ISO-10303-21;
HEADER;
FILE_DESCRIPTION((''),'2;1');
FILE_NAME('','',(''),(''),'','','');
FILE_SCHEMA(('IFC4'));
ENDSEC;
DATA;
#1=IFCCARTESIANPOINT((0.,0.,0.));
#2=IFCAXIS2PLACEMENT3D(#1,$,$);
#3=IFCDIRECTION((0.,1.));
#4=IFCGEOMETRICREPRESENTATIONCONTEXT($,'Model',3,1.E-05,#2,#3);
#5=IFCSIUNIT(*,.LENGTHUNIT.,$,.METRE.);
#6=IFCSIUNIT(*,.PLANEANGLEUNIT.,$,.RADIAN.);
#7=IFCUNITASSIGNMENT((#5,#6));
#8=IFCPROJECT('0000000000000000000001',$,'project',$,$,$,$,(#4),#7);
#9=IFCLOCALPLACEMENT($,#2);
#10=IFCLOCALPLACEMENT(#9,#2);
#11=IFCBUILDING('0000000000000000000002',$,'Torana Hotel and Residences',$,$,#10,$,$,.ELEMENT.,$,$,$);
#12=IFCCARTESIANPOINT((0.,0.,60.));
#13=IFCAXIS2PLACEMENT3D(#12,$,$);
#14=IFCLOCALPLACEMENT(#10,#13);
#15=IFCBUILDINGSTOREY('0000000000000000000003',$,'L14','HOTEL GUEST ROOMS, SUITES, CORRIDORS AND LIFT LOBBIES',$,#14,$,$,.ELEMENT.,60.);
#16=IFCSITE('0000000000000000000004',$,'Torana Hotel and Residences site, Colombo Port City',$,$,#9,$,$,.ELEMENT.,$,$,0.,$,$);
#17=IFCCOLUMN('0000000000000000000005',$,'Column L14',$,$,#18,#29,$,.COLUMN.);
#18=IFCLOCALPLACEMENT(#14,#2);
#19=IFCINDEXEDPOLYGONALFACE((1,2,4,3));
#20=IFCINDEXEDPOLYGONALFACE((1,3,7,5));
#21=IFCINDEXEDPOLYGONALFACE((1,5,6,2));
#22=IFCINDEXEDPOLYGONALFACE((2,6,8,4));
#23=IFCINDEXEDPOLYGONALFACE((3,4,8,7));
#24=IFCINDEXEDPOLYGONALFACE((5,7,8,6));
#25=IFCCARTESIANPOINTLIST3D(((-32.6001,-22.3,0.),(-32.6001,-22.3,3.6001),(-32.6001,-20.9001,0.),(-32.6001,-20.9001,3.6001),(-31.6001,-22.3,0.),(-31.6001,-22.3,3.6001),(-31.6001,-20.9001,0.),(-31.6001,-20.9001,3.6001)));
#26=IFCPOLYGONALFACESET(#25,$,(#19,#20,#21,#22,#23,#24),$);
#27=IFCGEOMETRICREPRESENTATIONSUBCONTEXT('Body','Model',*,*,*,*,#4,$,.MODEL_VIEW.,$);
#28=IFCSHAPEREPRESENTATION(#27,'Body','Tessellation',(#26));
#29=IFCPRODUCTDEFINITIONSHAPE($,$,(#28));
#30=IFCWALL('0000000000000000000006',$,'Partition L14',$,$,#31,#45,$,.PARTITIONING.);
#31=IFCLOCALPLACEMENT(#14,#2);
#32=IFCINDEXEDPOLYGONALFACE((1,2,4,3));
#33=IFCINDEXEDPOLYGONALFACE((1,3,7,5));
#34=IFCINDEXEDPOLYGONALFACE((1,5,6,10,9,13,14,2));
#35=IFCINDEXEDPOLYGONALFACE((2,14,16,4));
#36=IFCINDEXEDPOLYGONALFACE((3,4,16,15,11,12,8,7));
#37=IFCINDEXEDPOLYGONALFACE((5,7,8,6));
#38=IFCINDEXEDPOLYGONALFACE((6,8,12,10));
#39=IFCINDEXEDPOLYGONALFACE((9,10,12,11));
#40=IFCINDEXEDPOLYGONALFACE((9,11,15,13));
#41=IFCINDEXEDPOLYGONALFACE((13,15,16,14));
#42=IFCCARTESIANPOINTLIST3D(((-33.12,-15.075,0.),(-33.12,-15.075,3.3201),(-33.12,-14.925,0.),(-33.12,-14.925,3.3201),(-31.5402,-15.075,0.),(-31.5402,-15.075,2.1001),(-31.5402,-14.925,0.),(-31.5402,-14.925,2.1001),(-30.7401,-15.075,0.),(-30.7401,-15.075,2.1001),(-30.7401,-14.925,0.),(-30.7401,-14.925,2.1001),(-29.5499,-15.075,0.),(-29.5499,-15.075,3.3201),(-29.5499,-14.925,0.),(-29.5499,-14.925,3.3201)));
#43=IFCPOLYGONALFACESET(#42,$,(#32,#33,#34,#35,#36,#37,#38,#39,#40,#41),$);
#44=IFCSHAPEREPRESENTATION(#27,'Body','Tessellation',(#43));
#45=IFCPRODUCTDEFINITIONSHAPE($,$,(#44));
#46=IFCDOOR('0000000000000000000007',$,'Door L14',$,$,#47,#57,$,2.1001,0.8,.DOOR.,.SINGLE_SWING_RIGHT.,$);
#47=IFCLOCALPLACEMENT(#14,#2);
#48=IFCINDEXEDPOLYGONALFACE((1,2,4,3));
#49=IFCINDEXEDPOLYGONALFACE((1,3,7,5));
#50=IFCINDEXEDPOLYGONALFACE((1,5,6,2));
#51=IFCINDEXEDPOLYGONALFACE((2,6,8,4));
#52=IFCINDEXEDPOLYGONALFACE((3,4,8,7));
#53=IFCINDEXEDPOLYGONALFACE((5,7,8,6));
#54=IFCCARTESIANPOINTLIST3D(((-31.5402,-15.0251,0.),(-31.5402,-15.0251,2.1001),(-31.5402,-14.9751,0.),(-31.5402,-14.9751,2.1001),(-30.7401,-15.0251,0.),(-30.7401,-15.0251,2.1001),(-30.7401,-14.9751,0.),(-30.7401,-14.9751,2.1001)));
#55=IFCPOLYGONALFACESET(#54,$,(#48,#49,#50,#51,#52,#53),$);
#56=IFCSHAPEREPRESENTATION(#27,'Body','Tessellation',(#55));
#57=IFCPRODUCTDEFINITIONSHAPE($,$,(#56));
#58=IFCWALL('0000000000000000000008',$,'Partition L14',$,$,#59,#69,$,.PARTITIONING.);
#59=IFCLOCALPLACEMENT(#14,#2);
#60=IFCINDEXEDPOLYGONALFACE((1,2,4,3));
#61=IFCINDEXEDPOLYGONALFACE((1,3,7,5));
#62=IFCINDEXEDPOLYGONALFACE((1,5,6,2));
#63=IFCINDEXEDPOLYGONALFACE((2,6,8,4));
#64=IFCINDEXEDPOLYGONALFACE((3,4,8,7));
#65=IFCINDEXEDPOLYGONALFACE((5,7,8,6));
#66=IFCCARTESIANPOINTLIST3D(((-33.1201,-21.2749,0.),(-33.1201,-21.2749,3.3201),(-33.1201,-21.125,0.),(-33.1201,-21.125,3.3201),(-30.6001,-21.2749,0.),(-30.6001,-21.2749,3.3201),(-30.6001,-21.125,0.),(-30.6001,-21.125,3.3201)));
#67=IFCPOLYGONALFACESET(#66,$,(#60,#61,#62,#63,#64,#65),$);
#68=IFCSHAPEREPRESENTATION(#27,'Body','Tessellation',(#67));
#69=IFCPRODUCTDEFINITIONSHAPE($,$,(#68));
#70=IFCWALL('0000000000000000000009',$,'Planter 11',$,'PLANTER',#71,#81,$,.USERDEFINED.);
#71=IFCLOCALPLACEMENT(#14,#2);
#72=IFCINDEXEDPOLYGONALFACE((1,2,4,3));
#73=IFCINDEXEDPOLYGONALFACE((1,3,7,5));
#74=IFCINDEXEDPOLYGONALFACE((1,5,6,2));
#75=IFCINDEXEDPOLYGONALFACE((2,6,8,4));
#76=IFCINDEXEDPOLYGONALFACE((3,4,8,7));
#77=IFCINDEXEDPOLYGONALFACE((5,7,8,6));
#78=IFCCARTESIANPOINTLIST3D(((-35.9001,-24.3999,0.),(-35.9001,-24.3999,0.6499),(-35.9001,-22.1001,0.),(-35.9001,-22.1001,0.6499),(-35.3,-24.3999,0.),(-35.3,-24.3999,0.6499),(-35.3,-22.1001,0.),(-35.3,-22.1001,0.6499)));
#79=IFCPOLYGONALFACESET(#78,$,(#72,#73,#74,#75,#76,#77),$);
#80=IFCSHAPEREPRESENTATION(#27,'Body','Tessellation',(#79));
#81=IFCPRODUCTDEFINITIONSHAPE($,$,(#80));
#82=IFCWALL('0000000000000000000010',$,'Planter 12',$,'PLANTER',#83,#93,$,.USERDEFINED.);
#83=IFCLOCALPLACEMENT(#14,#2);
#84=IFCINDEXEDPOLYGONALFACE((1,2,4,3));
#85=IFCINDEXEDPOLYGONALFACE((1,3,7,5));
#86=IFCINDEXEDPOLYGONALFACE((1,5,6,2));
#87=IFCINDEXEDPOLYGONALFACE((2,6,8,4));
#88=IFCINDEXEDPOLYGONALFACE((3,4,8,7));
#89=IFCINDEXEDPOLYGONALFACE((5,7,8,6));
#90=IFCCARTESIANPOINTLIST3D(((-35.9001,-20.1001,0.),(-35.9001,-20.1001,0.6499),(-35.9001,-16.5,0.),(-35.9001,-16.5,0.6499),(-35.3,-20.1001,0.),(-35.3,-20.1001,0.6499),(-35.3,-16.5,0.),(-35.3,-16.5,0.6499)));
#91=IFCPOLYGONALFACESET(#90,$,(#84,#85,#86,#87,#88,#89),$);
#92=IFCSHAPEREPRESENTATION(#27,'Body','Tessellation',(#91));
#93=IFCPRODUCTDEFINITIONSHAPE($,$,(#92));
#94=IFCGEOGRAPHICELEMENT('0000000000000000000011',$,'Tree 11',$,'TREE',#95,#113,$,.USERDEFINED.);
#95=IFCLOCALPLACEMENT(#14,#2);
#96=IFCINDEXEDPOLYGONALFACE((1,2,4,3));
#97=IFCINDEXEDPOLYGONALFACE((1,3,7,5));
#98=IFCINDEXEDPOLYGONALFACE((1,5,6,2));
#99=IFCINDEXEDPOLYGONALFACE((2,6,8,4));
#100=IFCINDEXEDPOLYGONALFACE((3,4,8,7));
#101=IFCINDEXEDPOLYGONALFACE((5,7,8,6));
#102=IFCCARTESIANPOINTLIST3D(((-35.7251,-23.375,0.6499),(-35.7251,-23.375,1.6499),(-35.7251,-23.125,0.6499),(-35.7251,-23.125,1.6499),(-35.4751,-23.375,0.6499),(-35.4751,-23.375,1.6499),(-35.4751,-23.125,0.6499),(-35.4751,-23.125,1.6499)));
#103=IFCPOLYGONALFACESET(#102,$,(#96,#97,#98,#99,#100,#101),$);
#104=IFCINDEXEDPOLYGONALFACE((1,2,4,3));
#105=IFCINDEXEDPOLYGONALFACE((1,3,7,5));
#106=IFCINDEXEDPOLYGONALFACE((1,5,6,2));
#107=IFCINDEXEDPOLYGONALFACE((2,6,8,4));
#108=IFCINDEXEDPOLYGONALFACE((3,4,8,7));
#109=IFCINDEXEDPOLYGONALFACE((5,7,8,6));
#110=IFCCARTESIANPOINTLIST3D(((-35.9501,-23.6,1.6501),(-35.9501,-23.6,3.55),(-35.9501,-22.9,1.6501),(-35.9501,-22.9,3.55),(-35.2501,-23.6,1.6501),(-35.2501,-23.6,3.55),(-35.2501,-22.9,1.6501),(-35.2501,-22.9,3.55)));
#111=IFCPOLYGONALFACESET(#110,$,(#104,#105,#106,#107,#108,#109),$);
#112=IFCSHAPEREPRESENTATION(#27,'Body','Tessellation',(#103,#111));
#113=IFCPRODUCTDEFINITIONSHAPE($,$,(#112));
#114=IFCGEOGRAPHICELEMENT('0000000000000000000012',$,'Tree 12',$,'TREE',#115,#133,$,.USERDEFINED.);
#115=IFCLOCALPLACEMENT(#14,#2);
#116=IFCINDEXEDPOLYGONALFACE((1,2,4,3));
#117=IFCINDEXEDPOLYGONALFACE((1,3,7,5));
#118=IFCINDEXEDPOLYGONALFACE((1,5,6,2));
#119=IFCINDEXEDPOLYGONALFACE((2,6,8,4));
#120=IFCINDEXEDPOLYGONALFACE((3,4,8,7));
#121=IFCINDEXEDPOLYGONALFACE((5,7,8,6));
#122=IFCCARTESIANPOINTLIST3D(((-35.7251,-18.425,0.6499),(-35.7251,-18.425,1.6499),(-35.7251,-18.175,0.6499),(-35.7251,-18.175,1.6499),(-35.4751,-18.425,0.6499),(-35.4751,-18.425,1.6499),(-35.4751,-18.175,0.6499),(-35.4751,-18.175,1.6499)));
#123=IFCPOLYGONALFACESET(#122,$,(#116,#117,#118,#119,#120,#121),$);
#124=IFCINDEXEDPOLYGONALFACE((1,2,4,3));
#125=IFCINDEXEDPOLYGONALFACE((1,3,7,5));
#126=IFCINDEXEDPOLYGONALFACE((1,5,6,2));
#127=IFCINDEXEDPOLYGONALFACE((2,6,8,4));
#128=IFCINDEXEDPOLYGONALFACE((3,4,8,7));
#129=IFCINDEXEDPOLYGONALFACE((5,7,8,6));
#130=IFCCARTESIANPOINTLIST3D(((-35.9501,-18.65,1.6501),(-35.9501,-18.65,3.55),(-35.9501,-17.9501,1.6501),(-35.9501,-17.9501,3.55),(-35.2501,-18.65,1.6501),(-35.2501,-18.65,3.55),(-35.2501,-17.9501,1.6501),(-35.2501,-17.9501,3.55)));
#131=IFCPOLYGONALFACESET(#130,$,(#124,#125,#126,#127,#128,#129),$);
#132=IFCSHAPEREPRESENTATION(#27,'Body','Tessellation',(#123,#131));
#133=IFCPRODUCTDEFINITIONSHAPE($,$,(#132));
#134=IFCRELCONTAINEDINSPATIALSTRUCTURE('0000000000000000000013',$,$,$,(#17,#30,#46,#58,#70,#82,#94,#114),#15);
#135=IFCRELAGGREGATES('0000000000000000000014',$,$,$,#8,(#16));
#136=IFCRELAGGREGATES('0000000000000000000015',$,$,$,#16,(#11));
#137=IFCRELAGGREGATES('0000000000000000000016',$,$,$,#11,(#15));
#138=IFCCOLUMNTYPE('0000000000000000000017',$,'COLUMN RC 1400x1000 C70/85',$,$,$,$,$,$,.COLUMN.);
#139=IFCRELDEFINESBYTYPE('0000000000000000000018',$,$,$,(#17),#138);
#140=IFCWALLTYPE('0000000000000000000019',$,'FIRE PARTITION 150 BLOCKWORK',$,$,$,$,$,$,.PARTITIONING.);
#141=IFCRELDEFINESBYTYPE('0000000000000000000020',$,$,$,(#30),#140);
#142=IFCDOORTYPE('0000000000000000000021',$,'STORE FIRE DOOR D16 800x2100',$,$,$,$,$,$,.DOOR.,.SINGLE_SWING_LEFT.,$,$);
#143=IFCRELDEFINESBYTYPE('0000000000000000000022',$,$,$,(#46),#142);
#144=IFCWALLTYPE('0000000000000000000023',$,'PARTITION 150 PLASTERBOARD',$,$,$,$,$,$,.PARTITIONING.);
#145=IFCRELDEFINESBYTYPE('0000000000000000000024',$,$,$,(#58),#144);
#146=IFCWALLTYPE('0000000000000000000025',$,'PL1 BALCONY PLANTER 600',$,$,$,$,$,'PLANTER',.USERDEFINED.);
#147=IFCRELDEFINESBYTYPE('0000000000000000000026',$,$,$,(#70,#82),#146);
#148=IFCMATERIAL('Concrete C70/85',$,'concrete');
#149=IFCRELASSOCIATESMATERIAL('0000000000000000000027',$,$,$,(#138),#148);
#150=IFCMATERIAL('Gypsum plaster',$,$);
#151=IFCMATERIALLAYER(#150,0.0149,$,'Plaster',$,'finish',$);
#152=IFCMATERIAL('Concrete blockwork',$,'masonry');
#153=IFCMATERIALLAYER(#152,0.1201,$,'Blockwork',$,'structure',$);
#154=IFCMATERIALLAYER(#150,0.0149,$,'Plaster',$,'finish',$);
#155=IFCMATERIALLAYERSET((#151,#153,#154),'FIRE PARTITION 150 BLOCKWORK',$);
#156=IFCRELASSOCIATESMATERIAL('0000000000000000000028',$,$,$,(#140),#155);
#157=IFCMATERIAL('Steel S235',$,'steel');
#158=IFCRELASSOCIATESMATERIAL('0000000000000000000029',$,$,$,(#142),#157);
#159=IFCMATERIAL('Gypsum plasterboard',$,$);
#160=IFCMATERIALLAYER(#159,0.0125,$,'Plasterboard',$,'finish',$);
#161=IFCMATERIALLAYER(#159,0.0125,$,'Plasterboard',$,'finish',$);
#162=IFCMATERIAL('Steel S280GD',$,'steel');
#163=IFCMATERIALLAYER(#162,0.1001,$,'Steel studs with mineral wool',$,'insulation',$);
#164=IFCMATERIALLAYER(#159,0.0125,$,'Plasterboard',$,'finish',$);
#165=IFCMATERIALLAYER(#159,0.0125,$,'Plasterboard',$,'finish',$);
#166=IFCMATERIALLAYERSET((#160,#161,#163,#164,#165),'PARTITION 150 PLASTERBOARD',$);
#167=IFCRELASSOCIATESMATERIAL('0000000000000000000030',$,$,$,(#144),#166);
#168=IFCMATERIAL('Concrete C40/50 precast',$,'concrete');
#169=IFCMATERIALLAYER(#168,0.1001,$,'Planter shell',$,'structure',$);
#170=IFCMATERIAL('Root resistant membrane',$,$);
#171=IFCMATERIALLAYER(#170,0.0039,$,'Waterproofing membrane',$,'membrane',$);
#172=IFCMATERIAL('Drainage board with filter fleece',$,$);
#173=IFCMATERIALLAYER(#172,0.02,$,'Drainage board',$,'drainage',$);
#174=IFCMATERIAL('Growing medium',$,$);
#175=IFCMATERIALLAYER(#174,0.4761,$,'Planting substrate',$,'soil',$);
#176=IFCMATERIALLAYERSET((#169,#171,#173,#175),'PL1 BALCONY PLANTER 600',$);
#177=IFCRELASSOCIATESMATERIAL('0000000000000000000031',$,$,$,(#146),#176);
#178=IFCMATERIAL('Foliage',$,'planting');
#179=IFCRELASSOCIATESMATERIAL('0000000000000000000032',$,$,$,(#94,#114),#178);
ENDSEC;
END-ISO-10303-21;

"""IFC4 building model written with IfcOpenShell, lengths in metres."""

from ifc_helpers import new_model, si_unit, direction, frame, frame_2d, origin, origin_2d, place, context, subcontext, project, spatial, rectangle, extrude, material, layer, layer_set, material_profile, profile_set, type_object, element, fill, save


model = new_model("IFC4")

# Units and contexts
model_context = context("Model", 3, precision=1e-05, world=origin(), true_north=direction((0.0, 1.0)))
body_context = subcontext(model_context, "Body", "Model", "MODEL_VIEW")
ifc_project = project(units=[si_unit("LENGTHUNIT", "METRE"), si_unit("PLANEANGLEUNIT", "RADIAN")], contexts=[model_context])

# Site, building, storey
site_placement = place(None, origin())
site = spatial("IfcSite", under=ifc_project, at=site_placement, Name="Torana Hotel and Residences site, Colombo Port City", CompositionType="ELEMENT", RefElevation=0.0)
building_placement = place(site_placement, origin())
building = spatial("IfcBuilding", under=site, at=building_placement, Name="Torana Hotel and Residences", CompositionType="ELEMENT")
storey_placement = place(building_placement, frame((0.0, 0.0, 60.0)))
storey = spatial("IfcBuildingStorey", under=building, at=storey_placement, Name="L14", Description="HOTEL GUEST ROOMS, SUITES, CORRIDORS AND LIFT LOBBIES", CompositionType="ELEMENT", Elevation=60.0)

# Column
ifc_material_1 = material(Name="Concrete C70/85", Category="concrete")
ifc_material_profile = material_profile(ifc_material_1, rectangle(XDim=1.3999, YDim=1.0, at=origin_2d()), Name="RC 1400x1000")
ifc_profile_set = profile_set([ifc_material_profile], Name="Concrete C70/85")
column_type = type_object("IfcColumnType", Name="COLUMN RC 1400x1000 C70/85", PredefinedType="COLUMN", material=ifc_profile_set)
column_placement = place(storey_placement, frame((-32.1001, -21.6001, 0.0), z_axis=(0.0, 0.0, 1.0), x_axis=(0.0, 1.0, 0.0)))
element("IfcColumn", 1, at=column_placement, inside=storey, type_object=column_type, Name="Column L14", PredefinedType="COLUMN", context=body_context, shape_type="SweptSolid", body=[
    extrude(rectangle(XDim=1.3999, YDim=1.0, at=origin_2d()), origin(), (0.0, 0.0, 1.0), 3.6001),
])

# Shared definitions
ifc_material_2 = material(Name="Gypsum plaster")
ifc_layer_1 = layer(ifc_material_2, 0.0149, Name="Plaster", Category="finish")
ifc_material_3 = material(Name="Concrete blockwork", Category="masonry")
ifc_layer_2 = layer(ifc_material_3, 0.1201, Name="Blockwork", Category="structure")
ifc_layer_3 = layer(ifc_material_2, 0.0149, Name="Plaster", Category="finish")
ifc_layer_set_1 = layer_set([ifc_layer_1, ifc_layer_2, ifc_layer_3], Name="FIRE PARTITION 150 BLOCKWORK")
wall_type_1 = type_object("IfcWallType", Name="FIRE PARTITION 150 BLOCKWORK", PredefinedType="PARTITIONING", material=ifc_layer_set_1)

# Wall, opening, door
wall_1_placement = place(storey_placement, frame((-33.1201, -15.0, 0.0), z_axis=(0.0, 0.0, 1.0), x_axis=(1.0, 0.0, 0.0)))
wall_1 = element("IfcWall", 2, at=wall_1_placement, inside=storey, type_object=wall_type_1, Name="Partition L14", PredefinedType="PARTITIONING", context=body_context, shape_type="SweptSolid", body=[
    extrude(rectangle(XDim=3.5701, YDim=0.1499, at=frame_2d((1.7852, 0.0))), origin(), (0.0, 0.0, 1.0), 3.3201),
])
opening_1_placement = place(wall_1_placement, frame((1.5801, 0.0, 0.0)))
opening_1 = element("IfcOpeningElement", 3, at=opening_1_placement, cuts=wall_1, PredefinedType="OPENING", context=body_context, shape_type="SweptSolid", body=[
    extrude(rectangle(XDim=0.8, YDim=2.1001, at=frame_2d((0.3999, 1.05))), frame((0.0, 0.085, 0.0), z_axis=(0.0, -1.0, 0.0), x_axis=(1.0, 0.0, 0.0)), (0.0, 0.0, 1.0), 0.1699),
])
ifc_material_4 = material(Name="Steel S235", Category="steel")
door_type_1 = type_object("IfcDoorType", Name="STORE FIRE DOOR D16 800x2100", OperationType="SINGLE_SWING_LEFT", PredefinedType="DOOR", material=ifc_material_4)
door_1_placement = place(opening_1_placement, origin())
door_1 = element("IfcDoor", 4, at=door_1_placement, inside=storey, type_object=door_type_1, Name="Door L14", OperationType="SINGLE_SWING_RIGHT", OverallHeight=2.1001, OverallWidth=0.8, PredefinedType="DOOR", context=body_context, shape_type="SweptSolid", body=[
    extrude(rectangle(XDim=0.8, YDim=2.1001, at=frame_2d((0.3999, 1.05))), frame((0.0, 0.0249, 0.0), z_axis=(0.0, -1.0, 0.0), x_axis=(1.0, 0.0, 0.0)), (0.0, 0.0, 1.0), 0.05),
])
fill(opening_1, door_1)

# Walls
ifc_material_5 = material(Name="Gypsum plasterboard")
ifc_layer_4 = layer(ifc_material_5, 0.0125, Name="Plasterboard", Category="finish")
ifc_layer_5 = layer(ifc_material_5, 0.0125, Name="Plasterboard", Category="finish")
ifc_material_6 = material(Name="Steel S280GD", Category="steel")
ifc_layer_6 = layer(ifc_material_6, 0.1001, Name="Steel studs with mineral wool", Category="insulation")
ifc_layer_7 = layer(ifc_material_5, 0.0125, Name="Plasterboard", Category="finish")
ifc_layer_8 = layer(ifc_material_5, 0.0125, Name="Plasterboard", Category="finish")
ifc_layer_set_2 = layer_set([ifc_layer_4, ifc_layer_5, ifc_layer_6, ifc_layer_7, ifc_layer_8], Name="PARTITION 150 PLASTERBOARD")
wall_type_2 = type_object("IfcWallType", Name="PARTITION 150 PLASTERBOARD", PredefinedType="PARTITIONING", material=ifc_layer_set_2)
wall_2_placement = place(storey_placement, frame((-33.1201, -21.2, 0.0), z_axis=(0.0, 0.0, 1.0), x_axis=(1.0, 0.0, 0.0)))
element("IfcWall", 5, at=wall_2_placement, inside=storey, type_object=wall_type_2, Name="Partition L14", PredefinedType="PARTITIONING", context=body_context, shape_type="SweptSolid", body=[
    extrude(rectangle(XDim=2.52, YDim=0.1499, at=frame_2d((1.26, 0.0))), origin(), (0.0, 0.0, 1.0), 3.3201),
])
ifc_material_7 = material(Name="Concrete C40/50 precast", Category="concrete")
ifc_layer_9 = layer(ifc_material_7, 0.1001, Name="Planter shell", Category="structure")
ifc_material_8 = material(Name="Root resistant membrane")
ifc_layer_10 = layer(ifc_material_8, 0.0039, Name="Waterproofing membrane", Category="membrane")
ifc_material_9 = material(Name="Drainage board with filter fleece")
ifc_layer_11 = layer(ifc_material_9, 0.02, Name="Drainage board", Category="drainage")
ifc_material_10 = material(Name="Growing medium")
ifc_layer_12 = layer(ifc_material_10, 0.4761, Name="Planting substrate", Category="soil")
ifc_layer_set_3 = layer_set([ifc_layer_9, ifc_layer_10, ifc_layer_11, ifc_layer_12], Name="PL1 BALCONY PLANTER 600")
wall_type_3 = type_object("IfcWallType", Name="PL1 BALCONY PLANTER 600", ElementType="PLANTER", PredefinedType="USERDEFINED", material=ifc_layer_set_3)
wall_3_placement = place(storey_placement, frame((-35.6001, -24.3999, 0.0), z_axis=(0.0, 0.0, 1.0), x_axis=(0.0, 1.0, 0.0)))
element("IfcWall", 6, at=wall_3_placement, inside=storey, type_object=wall_type_3, Name="Planter 11", ObjectType="PLANTER", PredefinedType="USERDEFINED", context=body_context, shape_type="SweptSolid", body=[
    extrude(rectangle(XDim=2.2998, YDim=0.6001, at=frame_2d((1.1499, 0.0))), origin(), (0.0, 0.0, 1.0), 0.6499),
])
wall_4_placement = place(storey_placement, frame((-35.6001, -20.1001, 0.0), z_axis=(0.0, 0.0, 1.0), x_axis=(0.0, 1.0, 0.0)))
element("IfcWall", 7, at=wall_4_placement, inside=storey, type_object=wall_type_3, Name="Planter 12", ObjectType="PLANTER", PredefinedType="USERDEFINED", context=body_context, shape_type="SweptSolid", body=[
    extrude(rectangle(XDim=3.6001, YDim=0.6001, at=frame_2d((1.8, 0.0))), origin(), (0.0, 0.0, 1.0), 0.6499),
])

# Geographic elements
ifc_material_11 = material(Name="Foliage", Category="planting")
for number, where, z_axis, x_axis, name in (
    (8, (-35.6001, -23.25, 0.6499), (0.0, 0.0, 1.0), (1.0, 0.0, 0.0), "Tree 11"),
    (9, (-35.6001, -18.3, 0.6499), (0.0, 0.0, 1.0), (1.0, 0.0, 0.0), "Tree 12"),
):
    element("IfcGeographicElement", number, at=place(storey_placement, frame(where, z_axis=z_axis, x_axis=x_axis)), inside=storey, material=ifc_material_11, Name=name, ObjectType="TREE", PredefinedType="USERDEFINED", context=body_context, shape_type="SweptSolid", body=[
        extrude(rectangle(XDim=0.25, YDim=0.25, at=origin_2d()), origin(), (0.0, 0.0, 1.0), 1.0),
        extrude(rectangle(XDim=0.7, YDim=0.7, at=origin_2d()), frame((0.0, 0.0, 1.0002)), (0.0, 0.0, 1.0), 1.8999),
    ])

save(model, "model.ifc")
